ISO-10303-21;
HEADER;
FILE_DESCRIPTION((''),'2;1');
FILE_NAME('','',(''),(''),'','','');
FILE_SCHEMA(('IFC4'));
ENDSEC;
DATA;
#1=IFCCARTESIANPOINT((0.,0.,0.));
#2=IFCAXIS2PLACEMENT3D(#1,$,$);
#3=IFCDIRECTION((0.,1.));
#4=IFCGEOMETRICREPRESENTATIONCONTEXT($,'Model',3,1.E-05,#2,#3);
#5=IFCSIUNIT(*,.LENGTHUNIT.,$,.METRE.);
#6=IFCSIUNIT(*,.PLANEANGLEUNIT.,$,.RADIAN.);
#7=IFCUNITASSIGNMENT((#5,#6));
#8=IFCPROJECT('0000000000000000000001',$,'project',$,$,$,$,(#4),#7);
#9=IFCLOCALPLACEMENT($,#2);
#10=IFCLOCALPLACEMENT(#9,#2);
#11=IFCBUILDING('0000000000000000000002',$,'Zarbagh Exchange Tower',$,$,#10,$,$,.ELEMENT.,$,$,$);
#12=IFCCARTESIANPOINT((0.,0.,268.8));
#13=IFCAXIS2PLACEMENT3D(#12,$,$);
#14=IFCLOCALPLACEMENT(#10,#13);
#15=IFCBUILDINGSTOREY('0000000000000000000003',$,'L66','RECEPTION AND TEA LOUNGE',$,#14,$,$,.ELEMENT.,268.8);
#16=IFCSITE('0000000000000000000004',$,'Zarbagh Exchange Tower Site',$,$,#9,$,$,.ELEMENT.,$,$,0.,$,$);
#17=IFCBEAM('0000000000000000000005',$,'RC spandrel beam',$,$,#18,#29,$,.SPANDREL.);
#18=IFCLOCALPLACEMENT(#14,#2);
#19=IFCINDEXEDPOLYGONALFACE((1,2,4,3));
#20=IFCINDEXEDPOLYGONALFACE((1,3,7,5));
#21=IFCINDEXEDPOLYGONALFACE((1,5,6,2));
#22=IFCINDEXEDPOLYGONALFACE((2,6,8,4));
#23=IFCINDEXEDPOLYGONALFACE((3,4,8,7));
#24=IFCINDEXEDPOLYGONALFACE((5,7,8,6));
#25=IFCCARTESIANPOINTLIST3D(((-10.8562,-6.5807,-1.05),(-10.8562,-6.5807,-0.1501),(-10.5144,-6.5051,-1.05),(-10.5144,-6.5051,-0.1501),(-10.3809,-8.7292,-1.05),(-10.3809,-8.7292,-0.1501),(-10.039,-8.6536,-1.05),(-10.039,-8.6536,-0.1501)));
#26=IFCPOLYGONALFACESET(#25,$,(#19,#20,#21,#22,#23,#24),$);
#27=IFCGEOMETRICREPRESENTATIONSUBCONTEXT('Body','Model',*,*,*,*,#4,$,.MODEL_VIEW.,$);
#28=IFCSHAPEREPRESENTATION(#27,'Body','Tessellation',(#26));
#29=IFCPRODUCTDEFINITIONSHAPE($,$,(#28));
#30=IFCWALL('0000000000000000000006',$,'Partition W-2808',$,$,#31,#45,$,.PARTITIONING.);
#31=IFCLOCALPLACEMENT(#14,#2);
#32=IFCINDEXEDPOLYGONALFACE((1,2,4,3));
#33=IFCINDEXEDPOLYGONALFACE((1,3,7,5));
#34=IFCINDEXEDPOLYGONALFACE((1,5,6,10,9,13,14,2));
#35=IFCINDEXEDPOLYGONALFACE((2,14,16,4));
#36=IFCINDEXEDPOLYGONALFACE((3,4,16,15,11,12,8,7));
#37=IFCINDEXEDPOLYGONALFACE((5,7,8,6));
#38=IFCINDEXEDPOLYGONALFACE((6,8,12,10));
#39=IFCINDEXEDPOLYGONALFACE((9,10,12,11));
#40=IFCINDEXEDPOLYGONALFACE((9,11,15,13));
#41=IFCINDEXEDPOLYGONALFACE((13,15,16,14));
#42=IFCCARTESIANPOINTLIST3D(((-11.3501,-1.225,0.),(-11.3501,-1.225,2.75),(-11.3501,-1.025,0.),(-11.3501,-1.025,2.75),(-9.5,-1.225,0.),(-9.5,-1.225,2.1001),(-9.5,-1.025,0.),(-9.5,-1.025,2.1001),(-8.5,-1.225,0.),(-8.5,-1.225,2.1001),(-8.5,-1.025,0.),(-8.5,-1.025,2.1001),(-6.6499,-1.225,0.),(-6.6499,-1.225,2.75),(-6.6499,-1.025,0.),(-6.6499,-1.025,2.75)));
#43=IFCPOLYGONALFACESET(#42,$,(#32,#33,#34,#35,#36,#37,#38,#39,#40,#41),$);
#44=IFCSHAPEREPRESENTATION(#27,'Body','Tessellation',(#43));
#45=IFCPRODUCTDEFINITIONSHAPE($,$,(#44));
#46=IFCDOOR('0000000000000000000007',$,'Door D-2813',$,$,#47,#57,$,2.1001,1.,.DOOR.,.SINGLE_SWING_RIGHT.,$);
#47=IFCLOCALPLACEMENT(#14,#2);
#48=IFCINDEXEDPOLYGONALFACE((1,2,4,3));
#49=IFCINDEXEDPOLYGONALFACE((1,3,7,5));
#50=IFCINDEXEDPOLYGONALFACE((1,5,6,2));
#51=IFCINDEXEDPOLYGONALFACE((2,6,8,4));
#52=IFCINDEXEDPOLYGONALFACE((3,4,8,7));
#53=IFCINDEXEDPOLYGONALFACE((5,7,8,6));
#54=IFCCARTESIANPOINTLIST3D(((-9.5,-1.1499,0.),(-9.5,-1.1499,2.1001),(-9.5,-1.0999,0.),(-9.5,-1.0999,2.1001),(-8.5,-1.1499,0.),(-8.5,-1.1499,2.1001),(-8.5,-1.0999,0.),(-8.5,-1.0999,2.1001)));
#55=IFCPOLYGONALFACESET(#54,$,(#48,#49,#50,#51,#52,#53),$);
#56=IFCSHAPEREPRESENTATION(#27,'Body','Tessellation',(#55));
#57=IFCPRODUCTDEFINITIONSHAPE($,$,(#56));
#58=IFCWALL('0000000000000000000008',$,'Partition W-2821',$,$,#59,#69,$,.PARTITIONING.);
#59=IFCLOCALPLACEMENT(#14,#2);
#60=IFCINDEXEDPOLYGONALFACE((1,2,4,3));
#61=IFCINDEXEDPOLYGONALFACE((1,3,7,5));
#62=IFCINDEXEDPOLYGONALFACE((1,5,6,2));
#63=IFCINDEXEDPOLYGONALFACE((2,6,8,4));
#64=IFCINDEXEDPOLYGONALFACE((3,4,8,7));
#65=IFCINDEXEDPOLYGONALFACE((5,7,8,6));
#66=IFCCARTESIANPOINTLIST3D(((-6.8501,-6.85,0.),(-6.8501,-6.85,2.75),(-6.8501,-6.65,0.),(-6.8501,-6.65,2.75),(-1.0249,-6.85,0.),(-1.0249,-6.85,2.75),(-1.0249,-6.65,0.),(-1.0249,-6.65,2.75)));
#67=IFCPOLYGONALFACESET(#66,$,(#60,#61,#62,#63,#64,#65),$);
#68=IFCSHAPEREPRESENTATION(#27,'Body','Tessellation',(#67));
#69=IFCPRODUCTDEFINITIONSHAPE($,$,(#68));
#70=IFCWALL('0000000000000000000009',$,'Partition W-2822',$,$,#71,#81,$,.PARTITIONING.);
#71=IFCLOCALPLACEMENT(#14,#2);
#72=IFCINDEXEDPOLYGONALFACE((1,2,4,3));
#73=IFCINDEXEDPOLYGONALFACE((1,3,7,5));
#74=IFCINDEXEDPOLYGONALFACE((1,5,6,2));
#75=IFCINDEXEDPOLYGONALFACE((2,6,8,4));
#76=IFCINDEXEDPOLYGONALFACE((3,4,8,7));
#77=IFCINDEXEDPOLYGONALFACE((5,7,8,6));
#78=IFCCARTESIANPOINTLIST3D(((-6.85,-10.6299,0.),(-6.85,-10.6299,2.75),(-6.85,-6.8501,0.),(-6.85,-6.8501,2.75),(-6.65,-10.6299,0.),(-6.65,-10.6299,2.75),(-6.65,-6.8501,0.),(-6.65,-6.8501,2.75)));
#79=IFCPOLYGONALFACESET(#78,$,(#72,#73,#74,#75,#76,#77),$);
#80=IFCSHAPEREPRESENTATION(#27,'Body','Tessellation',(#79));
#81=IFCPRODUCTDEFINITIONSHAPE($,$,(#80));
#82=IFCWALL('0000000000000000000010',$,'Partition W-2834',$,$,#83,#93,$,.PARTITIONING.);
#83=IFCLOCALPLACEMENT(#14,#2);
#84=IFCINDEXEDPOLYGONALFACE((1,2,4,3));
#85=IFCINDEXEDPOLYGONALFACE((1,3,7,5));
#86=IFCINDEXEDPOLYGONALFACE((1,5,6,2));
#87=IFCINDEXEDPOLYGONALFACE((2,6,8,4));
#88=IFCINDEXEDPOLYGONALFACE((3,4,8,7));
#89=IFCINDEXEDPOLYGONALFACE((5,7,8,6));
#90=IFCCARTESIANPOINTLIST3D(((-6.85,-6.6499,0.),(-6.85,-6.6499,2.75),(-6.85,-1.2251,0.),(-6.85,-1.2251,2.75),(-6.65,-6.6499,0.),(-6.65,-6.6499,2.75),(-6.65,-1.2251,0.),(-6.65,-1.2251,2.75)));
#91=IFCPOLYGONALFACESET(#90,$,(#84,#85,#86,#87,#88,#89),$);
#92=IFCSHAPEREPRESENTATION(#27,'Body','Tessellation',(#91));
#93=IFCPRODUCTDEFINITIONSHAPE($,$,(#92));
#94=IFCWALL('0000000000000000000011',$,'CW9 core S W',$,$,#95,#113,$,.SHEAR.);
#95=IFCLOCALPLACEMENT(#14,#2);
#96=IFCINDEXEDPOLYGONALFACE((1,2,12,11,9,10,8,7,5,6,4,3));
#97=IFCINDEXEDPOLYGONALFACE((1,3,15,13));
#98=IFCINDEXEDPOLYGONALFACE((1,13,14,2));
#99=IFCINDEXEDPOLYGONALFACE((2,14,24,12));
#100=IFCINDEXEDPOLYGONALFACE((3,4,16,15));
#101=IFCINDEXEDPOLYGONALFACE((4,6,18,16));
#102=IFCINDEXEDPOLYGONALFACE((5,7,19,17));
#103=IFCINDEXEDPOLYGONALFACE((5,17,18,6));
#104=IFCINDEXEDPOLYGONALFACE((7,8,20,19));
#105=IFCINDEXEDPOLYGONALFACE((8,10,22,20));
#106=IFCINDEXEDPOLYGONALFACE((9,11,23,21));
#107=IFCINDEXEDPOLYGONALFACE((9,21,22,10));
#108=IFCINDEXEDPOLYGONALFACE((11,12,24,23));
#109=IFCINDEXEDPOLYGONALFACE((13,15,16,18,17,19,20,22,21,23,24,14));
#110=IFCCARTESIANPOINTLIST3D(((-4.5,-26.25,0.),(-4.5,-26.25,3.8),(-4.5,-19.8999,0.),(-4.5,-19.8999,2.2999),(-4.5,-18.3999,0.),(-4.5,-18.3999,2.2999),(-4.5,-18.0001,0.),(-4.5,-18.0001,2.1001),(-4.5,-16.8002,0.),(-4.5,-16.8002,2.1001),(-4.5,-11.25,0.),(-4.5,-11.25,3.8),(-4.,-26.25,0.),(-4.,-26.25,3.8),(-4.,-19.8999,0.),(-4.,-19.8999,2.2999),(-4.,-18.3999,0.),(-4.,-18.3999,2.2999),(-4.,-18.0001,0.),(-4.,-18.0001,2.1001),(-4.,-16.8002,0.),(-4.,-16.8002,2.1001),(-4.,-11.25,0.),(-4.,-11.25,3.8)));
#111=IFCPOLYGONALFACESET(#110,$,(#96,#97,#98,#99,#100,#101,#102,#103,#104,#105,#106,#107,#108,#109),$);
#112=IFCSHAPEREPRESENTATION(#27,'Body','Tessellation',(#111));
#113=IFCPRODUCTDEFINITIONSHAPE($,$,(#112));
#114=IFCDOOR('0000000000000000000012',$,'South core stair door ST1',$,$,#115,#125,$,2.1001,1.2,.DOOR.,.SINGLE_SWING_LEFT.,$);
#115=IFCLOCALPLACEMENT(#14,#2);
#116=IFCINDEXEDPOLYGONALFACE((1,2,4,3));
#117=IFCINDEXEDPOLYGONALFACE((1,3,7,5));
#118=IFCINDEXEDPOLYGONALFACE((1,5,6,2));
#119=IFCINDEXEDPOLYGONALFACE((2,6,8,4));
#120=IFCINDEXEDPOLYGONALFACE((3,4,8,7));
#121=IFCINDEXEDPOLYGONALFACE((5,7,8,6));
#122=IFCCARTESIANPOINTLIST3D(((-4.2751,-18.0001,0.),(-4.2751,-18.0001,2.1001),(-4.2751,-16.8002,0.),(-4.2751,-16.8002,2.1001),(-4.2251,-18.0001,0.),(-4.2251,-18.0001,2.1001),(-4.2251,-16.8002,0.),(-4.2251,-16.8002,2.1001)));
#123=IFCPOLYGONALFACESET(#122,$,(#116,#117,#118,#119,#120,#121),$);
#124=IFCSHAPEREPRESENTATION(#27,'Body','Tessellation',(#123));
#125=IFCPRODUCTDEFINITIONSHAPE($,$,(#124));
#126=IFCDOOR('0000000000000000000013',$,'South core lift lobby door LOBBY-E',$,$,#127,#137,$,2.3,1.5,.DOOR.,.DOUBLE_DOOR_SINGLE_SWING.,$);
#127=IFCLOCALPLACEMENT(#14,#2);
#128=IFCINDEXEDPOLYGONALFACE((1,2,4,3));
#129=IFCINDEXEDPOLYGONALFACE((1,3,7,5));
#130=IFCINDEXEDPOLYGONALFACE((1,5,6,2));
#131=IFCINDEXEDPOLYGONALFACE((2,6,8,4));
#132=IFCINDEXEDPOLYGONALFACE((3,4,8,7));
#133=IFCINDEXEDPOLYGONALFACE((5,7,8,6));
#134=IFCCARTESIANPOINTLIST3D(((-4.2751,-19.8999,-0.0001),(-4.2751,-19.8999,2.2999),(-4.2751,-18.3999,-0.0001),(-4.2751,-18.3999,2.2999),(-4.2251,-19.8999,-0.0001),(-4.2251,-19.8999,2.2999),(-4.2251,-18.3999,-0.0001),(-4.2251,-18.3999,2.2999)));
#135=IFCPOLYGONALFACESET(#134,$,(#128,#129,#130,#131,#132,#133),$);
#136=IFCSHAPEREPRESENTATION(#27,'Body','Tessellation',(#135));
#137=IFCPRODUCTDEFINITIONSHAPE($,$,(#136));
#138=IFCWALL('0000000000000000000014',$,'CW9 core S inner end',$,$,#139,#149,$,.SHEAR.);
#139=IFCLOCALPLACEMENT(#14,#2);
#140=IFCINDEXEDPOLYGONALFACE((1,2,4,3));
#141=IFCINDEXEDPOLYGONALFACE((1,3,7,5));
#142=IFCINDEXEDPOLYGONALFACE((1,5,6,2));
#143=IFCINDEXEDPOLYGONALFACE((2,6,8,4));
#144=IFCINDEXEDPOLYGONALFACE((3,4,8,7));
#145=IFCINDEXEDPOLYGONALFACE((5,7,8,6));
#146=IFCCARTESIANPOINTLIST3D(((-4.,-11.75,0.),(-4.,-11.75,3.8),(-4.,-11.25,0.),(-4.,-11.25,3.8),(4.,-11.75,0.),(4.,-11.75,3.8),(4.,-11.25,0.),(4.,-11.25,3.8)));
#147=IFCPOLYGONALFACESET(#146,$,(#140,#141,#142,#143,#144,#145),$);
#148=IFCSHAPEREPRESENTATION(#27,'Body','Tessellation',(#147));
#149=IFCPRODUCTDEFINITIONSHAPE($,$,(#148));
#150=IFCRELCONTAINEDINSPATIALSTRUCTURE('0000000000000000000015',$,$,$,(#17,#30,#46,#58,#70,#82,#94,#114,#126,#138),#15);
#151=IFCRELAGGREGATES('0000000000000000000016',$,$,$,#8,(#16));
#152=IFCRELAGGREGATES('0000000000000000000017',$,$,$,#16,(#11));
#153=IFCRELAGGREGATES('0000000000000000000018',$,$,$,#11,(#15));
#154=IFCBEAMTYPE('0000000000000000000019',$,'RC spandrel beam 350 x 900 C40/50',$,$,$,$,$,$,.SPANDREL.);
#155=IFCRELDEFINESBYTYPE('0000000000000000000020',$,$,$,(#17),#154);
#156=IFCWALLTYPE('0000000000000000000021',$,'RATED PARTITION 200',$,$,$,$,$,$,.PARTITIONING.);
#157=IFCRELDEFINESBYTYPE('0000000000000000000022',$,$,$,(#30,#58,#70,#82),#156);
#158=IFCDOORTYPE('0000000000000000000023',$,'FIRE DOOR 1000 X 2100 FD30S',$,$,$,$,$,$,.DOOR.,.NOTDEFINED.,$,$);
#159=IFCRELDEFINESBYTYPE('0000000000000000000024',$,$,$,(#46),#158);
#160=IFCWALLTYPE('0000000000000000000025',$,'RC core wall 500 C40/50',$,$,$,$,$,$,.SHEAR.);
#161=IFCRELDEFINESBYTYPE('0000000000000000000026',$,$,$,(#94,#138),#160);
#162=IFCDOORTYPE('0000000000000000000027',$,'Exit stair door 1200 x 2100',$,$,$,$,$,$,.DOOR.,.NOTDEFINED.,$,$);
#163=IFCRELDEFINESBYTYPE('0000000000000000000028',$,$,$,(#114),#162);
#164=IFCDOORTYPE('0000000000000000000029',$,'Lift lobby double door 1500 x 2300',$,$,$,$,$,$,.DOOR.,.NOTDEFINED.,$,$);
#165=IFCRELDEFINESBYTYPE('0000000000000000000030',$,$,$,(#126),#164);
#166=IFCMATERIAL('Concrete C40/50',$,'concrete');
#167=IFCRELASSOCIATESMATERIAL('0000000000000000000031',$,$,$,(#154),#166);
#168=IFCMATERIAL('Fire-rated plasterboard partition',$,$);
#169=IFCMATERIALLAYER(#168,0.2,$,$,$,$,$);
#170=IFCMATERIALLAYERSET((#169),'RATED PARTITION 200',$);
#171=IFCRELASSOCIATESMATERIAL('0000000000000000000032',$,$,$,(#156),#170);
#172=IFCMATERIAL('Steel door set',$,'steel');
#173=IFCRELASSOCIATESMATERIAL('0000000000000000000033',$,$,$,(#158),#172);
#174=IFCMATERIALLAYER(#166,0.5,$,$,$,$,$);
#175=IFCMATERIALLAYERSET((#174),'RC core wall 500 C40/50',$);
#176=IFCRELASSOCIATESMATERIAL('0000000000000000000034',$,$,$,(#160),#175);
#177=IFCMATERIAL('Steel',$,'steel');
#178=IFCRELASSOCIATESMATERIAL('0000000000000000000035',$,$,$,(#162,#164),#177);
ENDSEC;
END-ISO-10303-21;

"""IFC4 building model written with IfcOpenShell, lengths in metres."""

from ifc_helpers import new_model, si_unit, direction, frame, frame_2d, origin, origin_2d, place, context, subcontext, project, spatial, rectangle, extrude, material, layer, layer_set, material_profile, profile_set, type_object, element, fill, save


model = new_model("IFC4")

# Units and contexts
model_context = context("Model", 3, precision=1e-05, world=origin(), true_north=direction((0.0, 1.0)))
body_context = subcontext(model_context, "Body", "Model", "MODEL_VIEW")
ifc_project = project(units=[si_unit("LENGTHUNIT", "METRE"), si_unit("PLANEANGLEUNIT", "RADIAN")], contexts=[model_context])

# Site, building, storey
site_placement = place(None, origin())
site = spatial("IfcSite", under=ifc_project, at=site_placement, Name="Zarbagh Exchange Tower Site", CompositionType="ELEMENT", RefElevation=0.0)
building_placement = place(site_placement, origin())
building = spatial("IfcBuilding", under=site, at=building_placement, Name="Zarbagh Exchange Tower", CompositionType="ELEMENT")
storey_placement = place(building_placement, frame((0.0, 0.0, 268.8)))
storey = spatial("IfcBuildingStorey", under=building, at=storey_placement, Name="L66", Description="RECEPTION AND TEA LOUNGE", CompositionType="ELEMENT", Elevation=268.8)

# Shared definitions
ifc_material_1 = material(Name="Concrete C40/50", Category="concrete")

# Beam
ifc_material_profile_1 = material_profile(ifc_material_1, rectangle(XDim=0.3501, YDim=0.8999, at=origin_2d()), Name="RC spandrel beam 350 x 900 C40/50")
ifc_profile_set_1 = profile_set([ifc_material_profile_1], Name="Concrete C40/50")
beam_type_1 = type_object("IfcBeamType", Name="RC spandrel beam 350 x 900 C40/50", PredefinedType="SPANDREL", material=ifc_profile_set_1)
beam_1_placement = place(storey_placement, frame((-10.21, -8.6914, -0.6001), z_axis=(-0.216026, 0.976388, 0.0), x_axis=(-0.976388, -0.216026, 0.0)))
element("IfcBeam", 1, at=beam_1_placement, inside=storey, type_object=beam_type_1, Name="RC spandrel beam", PredefinedType="SPANDREL", context=body_context, shape_type="SweptSolid", body=[
    extrude(rectangle(XDim=0.3501, YDim=0.8999, at=origin_2d()), origin(), (0.0, 0.0, 1.0), 2.2004),
])

# Wall, opening, door
ifc_material_2 = material(Name="Fire-rated plasterboard partition")
ifc_layer_1 = layer(ifc_material_2, 0.2)
ifc_layer_set_1 = layer_set([ifc_layer_1], Name="RATED PARTITION 200")
wall_type_1 = type_object("IfcWallType", Name="RATED PARTITION 200", PredefinedType="PARTITIONING", material=ifc_layer_set_1)
wall_1_placement = place(storey_placement, frame((-6.6499, -1.125, 0.0), z_axis=(0.0, 0.0, 1.0), x_axis=(-1.0, 0.0, 0.0)))
wall_1 = element("IfcWall", 2, at=wall_1_placement, inside=storey, type_object=wall_type_1, Name="Partition W-2808", PredefinedType="PARTITIONING", context=body_context, shape_type="SweptSolid", body=[
    extrude(rectangle(XDim=4.7002, YDim=0.2, at=frame_2d((2.3501, 0.0))), origin(), (0.0, 0.0, 1.0), 2.75),
])
opening_1_placement = place(wall_1_placement, frame((1.8501, 0.0, 0.0)))
opening_1 = element("IfcOpeningElement", 3, at=opening_1_placement, cuts=wall_1, PredefinedType="OPENING", context=body_context, shape_type="SweptSolid", body=[
    extrude(rectangle(XDim=1.0, YDim=2.1001, at=frame_2d((0.5, 1.05))), frame((0.0, 0.1099, 0.0), z_axis=(0.0, -1.0, 0.0), x_axis=(1.0, 0.0, 0.0)), (0.0, 0.0, 1.0), 0.22),
])
ifc_material_3 = material(Name="Steel door set", Category="steel")
door_type_1 = type_object("IfcDoorType", Name="FIRE DOOR 1000 X 2100 FD30S", OperationType="NOTDEFINED", PredefinedType="DOOR", material=ifc_material_3)
door_1_placement = place(opening_1_placement, origin())
door_1 = element("IfcDoor", 4, at=door_1_placement, inside=storey, type_object=door_type_1, Name="Door D-2813", OperationType="SINGLE_SWING_RIGHT", OverallHeight=2.1001, OverallWidth=1.0, PredefinedType="DOOR", context=body_context, shape_type="SweptSolid", body=[
    extrude(rectangle(XDim=1.0, YDim=2.1001, at=frame_2d((0.5, 1.05))), frame((0.0, 0.0249, 0.0), z_axis=(0.0, -1.0, 0.0), x_axis=(1.0, 0.0, 0.0)), (0.0, 0.0, 1.0), 0.05),
])
fill(opening_1, door_1)

# Walls
wall_2_placement = place(storey_placement, frame((-6.8501, -6.75, 0.0), z_axis=(0.0, 0.0, 1.0), x_axis=(1.0, 0.0, 0.0)))
element("IfcWall", 5, at=wall_2_placement, inside=storey, type_object=wall_type_1, Name="Partition W-2821", PredefinedType="PARTITIONING", context=body_context, shape_type="SweptSolid", body=[
    extrude(rectangle(XDim=5.8252, YDim=0.2, at=frame_2d((2.9126, 0.0))), origin(), (0.0, 0.0, 1.0), 2.75),
])
wall_3_placement = place(storey_placement, frame((-6.75, -10.6299, 0.0), z_axis=(0.0, 0.0, 1.0), x_axis=(0.0, 1.0, 0.0)))
element("IfcWall", 6, at=wall_3_placement, inside=storey, type_object=wall_type_1, Name="Partition W-2822", PredefinedType="PARTITIONING", context=body_context, shape_type="SweptSolid", body=[
    extrude(rectangle(XDim=3.7798, YDim=0.2, at=frame_2d((1.8899, 0.0))), origin(), (0.0, 0.0, 1.0), 2.75),
])
wall_4_placement = place(storey_placement, frame((-6.75, -6.6499, 0.0), z_axis=(0.0, 0.0, 1.0), x_axis=(0.0, 1.0, 0.0)))
element("IfcWall", 7, at=wall_4_placement, inside=storey, type_object=wall_type_1, Name="Partition W-2834", PredefinedType="PARTITIONING", context=body_context, shape_type="SweptSolid", body=[
    extrude(rectangle(XDim=5.4248, YDim=0.2, at=frame_2d((2.7124, 0.0))), origin(), (0.0, 0.0, 1.0), 2.75),
])

# Wall, openings, doors
ifc_layer_2 = layer(ifc_material_1, 0.5)
ifc_layer_set_2 = layer_set([ifc_layer_2], Name="RC core wall 500 C40/50")
wall_type_2 = type_object("IfcWallType", Name="RC core wall 500 C40/50", PredefinedType="SHEAR", material=ifc_layer_set_2)
wall_5_placement = place(storey_placement, frame((-4.25, -11.25, 0.0), z_axis=(0.0, 0.0, 1.0), x_axis=(0.0, -1.0, 0.0)))
wall_5 = element("IfcWall", 8, at=wall_5_placement, inside=storey, type_object=wall_type_2, Name="CW9 core S W", PredefinedType="SHEAR", context=body_context, shape_type="SweptSolid", body=[
    extrude(rectangle(XDim=15.0, YDim=0.5, at=frame_2d((7.5, 0.0))), origin(), (0.0, 0.0, 1.0), 3.8),
])
opening_2_placement = place(wall_5_placement, frame((7.1499, 0.0, 0.0)))
opening_2 = element("IfcOpeningElement", 9, at=opening_2_placement, cuts=wall_5, PredefinedType="OPENING", context=body_context, shape_type="SweptSolid", body=[
    extrude(rectangle(XDim=1.5, YDim=2.3, at=frame_2d((0.75, 1.1499))), frame((0.0, 0.26, 0.0), z_axis=(0.0, -1.0, 0.0), x_axis=(1.0, 0.0, 0.0)), (0.0, 0.0, 1.0), 0.52),
])
opening_3_placement = place(wall_5_placement, frame((5.55, 0.0, 0.0)))
opening_3 = element("IfcOpeningElement", 10, at=opening_3_placement, cuts=wall_5, PredefinedType="OPENING", context=body_context, shape_type="SweptSolid", body=[
    extrude(rectangle(XDim=1.2, YDim=2.1001, at=frame_2d((0.6001, 1.05))), frame((0.0, 0.26, 0.0), z_axis=(0.0, -1.0, 0.0), x_axis=(1.0, 0.0, 0.0)), (0.0, 0.0, 1.0), 0.52),
])
ifc_material_4 = material(Name="Steel", Category="steel")
door_type_2 = type_object("IfcDoorType", Name="Exit stair door 1200 x 2100", OperationType="NOTDEFINED", PredefinedType="DOOR", material=ifc_material_4)
door_2_placement = place(opening_3_placement, origin())
door_2 = element("IfcDoor", 11, at=door_2_placement, inside=storey, type_object=door_type_2, Name="South core stair door ST1", OperationType="SINGLE_SWING_LEFT", OverallHeight=2.1001, OverallWidth=1.2, PredefinedType="DOOR", context=body_context, shape_type="SweptSolid", body=[
    extrude(rectangle(XDim=1.2, YDim=2.1001, at=frame_2d((0.6001, 1.05))), frame((0.0, 0.0249, 0.0), z_axis=(0.0, -1.0, 0.0), x_axis=(1.0, 0.0, 0.0)), (0.0, 0.0, 1.0), 0.05),
])
fill(opening_3, door_2)
door_type_3 = type_object("IfcDoorType", Name="Lift lobby double door 1500 x 2300", OperationType="NOTDEFINED", PredefinedType="DOOR", material=ifc_material_4)
door_3_placement = place(opening_2_placement, origin())
door_3 = element("IfcDoor", 12, at=door_3_placement, inside=storey, type_object=door_type_3, Name="South core lift lobby door LOBBY-E", OperationType="DOUBLE_DOOR_SINGLE_SWING", OverallHeight=2.3, OverallWidth=1.5, PredefinedType="DOOR", context=body_context, shape_type="SweptSolid", body=[
    extrude(rectangle(XDim=1.5, YDim=2.3, at=frame_2d((0.75, 1.1499))), frame((0.0, 0.0249, 0.0), z_axis=(0.0, -1.0, 0.0), x_axis=(1.0, 0.0, 0.0)), (0.0, 0.0, 1.0), 0.05),
])
fill(opening_2, door_3)

# Wall
wall_6_placement = place(storey_placement, frame((-4.0, -11.5, 0.0), z_axis=(0.0, 0.0, 1.0), x_axis=(1.0, 0.0, 0.0)))
element("IfcWall", 13, at=wall_6_placement, inside=storey, type_object=wall_type_2, Name="CW9 core S inner end", PredefinedType="SHEAR", context=body_context, shape_type="SweptSolid", body=[
    extrude(rectangle(XDim=8.0, YDim=0.5, at=frame_2d((4.0, 0.0))), origin(), (0.0, 0.0, 1.0), 3.8),
])

save(model, "model.ifc")
